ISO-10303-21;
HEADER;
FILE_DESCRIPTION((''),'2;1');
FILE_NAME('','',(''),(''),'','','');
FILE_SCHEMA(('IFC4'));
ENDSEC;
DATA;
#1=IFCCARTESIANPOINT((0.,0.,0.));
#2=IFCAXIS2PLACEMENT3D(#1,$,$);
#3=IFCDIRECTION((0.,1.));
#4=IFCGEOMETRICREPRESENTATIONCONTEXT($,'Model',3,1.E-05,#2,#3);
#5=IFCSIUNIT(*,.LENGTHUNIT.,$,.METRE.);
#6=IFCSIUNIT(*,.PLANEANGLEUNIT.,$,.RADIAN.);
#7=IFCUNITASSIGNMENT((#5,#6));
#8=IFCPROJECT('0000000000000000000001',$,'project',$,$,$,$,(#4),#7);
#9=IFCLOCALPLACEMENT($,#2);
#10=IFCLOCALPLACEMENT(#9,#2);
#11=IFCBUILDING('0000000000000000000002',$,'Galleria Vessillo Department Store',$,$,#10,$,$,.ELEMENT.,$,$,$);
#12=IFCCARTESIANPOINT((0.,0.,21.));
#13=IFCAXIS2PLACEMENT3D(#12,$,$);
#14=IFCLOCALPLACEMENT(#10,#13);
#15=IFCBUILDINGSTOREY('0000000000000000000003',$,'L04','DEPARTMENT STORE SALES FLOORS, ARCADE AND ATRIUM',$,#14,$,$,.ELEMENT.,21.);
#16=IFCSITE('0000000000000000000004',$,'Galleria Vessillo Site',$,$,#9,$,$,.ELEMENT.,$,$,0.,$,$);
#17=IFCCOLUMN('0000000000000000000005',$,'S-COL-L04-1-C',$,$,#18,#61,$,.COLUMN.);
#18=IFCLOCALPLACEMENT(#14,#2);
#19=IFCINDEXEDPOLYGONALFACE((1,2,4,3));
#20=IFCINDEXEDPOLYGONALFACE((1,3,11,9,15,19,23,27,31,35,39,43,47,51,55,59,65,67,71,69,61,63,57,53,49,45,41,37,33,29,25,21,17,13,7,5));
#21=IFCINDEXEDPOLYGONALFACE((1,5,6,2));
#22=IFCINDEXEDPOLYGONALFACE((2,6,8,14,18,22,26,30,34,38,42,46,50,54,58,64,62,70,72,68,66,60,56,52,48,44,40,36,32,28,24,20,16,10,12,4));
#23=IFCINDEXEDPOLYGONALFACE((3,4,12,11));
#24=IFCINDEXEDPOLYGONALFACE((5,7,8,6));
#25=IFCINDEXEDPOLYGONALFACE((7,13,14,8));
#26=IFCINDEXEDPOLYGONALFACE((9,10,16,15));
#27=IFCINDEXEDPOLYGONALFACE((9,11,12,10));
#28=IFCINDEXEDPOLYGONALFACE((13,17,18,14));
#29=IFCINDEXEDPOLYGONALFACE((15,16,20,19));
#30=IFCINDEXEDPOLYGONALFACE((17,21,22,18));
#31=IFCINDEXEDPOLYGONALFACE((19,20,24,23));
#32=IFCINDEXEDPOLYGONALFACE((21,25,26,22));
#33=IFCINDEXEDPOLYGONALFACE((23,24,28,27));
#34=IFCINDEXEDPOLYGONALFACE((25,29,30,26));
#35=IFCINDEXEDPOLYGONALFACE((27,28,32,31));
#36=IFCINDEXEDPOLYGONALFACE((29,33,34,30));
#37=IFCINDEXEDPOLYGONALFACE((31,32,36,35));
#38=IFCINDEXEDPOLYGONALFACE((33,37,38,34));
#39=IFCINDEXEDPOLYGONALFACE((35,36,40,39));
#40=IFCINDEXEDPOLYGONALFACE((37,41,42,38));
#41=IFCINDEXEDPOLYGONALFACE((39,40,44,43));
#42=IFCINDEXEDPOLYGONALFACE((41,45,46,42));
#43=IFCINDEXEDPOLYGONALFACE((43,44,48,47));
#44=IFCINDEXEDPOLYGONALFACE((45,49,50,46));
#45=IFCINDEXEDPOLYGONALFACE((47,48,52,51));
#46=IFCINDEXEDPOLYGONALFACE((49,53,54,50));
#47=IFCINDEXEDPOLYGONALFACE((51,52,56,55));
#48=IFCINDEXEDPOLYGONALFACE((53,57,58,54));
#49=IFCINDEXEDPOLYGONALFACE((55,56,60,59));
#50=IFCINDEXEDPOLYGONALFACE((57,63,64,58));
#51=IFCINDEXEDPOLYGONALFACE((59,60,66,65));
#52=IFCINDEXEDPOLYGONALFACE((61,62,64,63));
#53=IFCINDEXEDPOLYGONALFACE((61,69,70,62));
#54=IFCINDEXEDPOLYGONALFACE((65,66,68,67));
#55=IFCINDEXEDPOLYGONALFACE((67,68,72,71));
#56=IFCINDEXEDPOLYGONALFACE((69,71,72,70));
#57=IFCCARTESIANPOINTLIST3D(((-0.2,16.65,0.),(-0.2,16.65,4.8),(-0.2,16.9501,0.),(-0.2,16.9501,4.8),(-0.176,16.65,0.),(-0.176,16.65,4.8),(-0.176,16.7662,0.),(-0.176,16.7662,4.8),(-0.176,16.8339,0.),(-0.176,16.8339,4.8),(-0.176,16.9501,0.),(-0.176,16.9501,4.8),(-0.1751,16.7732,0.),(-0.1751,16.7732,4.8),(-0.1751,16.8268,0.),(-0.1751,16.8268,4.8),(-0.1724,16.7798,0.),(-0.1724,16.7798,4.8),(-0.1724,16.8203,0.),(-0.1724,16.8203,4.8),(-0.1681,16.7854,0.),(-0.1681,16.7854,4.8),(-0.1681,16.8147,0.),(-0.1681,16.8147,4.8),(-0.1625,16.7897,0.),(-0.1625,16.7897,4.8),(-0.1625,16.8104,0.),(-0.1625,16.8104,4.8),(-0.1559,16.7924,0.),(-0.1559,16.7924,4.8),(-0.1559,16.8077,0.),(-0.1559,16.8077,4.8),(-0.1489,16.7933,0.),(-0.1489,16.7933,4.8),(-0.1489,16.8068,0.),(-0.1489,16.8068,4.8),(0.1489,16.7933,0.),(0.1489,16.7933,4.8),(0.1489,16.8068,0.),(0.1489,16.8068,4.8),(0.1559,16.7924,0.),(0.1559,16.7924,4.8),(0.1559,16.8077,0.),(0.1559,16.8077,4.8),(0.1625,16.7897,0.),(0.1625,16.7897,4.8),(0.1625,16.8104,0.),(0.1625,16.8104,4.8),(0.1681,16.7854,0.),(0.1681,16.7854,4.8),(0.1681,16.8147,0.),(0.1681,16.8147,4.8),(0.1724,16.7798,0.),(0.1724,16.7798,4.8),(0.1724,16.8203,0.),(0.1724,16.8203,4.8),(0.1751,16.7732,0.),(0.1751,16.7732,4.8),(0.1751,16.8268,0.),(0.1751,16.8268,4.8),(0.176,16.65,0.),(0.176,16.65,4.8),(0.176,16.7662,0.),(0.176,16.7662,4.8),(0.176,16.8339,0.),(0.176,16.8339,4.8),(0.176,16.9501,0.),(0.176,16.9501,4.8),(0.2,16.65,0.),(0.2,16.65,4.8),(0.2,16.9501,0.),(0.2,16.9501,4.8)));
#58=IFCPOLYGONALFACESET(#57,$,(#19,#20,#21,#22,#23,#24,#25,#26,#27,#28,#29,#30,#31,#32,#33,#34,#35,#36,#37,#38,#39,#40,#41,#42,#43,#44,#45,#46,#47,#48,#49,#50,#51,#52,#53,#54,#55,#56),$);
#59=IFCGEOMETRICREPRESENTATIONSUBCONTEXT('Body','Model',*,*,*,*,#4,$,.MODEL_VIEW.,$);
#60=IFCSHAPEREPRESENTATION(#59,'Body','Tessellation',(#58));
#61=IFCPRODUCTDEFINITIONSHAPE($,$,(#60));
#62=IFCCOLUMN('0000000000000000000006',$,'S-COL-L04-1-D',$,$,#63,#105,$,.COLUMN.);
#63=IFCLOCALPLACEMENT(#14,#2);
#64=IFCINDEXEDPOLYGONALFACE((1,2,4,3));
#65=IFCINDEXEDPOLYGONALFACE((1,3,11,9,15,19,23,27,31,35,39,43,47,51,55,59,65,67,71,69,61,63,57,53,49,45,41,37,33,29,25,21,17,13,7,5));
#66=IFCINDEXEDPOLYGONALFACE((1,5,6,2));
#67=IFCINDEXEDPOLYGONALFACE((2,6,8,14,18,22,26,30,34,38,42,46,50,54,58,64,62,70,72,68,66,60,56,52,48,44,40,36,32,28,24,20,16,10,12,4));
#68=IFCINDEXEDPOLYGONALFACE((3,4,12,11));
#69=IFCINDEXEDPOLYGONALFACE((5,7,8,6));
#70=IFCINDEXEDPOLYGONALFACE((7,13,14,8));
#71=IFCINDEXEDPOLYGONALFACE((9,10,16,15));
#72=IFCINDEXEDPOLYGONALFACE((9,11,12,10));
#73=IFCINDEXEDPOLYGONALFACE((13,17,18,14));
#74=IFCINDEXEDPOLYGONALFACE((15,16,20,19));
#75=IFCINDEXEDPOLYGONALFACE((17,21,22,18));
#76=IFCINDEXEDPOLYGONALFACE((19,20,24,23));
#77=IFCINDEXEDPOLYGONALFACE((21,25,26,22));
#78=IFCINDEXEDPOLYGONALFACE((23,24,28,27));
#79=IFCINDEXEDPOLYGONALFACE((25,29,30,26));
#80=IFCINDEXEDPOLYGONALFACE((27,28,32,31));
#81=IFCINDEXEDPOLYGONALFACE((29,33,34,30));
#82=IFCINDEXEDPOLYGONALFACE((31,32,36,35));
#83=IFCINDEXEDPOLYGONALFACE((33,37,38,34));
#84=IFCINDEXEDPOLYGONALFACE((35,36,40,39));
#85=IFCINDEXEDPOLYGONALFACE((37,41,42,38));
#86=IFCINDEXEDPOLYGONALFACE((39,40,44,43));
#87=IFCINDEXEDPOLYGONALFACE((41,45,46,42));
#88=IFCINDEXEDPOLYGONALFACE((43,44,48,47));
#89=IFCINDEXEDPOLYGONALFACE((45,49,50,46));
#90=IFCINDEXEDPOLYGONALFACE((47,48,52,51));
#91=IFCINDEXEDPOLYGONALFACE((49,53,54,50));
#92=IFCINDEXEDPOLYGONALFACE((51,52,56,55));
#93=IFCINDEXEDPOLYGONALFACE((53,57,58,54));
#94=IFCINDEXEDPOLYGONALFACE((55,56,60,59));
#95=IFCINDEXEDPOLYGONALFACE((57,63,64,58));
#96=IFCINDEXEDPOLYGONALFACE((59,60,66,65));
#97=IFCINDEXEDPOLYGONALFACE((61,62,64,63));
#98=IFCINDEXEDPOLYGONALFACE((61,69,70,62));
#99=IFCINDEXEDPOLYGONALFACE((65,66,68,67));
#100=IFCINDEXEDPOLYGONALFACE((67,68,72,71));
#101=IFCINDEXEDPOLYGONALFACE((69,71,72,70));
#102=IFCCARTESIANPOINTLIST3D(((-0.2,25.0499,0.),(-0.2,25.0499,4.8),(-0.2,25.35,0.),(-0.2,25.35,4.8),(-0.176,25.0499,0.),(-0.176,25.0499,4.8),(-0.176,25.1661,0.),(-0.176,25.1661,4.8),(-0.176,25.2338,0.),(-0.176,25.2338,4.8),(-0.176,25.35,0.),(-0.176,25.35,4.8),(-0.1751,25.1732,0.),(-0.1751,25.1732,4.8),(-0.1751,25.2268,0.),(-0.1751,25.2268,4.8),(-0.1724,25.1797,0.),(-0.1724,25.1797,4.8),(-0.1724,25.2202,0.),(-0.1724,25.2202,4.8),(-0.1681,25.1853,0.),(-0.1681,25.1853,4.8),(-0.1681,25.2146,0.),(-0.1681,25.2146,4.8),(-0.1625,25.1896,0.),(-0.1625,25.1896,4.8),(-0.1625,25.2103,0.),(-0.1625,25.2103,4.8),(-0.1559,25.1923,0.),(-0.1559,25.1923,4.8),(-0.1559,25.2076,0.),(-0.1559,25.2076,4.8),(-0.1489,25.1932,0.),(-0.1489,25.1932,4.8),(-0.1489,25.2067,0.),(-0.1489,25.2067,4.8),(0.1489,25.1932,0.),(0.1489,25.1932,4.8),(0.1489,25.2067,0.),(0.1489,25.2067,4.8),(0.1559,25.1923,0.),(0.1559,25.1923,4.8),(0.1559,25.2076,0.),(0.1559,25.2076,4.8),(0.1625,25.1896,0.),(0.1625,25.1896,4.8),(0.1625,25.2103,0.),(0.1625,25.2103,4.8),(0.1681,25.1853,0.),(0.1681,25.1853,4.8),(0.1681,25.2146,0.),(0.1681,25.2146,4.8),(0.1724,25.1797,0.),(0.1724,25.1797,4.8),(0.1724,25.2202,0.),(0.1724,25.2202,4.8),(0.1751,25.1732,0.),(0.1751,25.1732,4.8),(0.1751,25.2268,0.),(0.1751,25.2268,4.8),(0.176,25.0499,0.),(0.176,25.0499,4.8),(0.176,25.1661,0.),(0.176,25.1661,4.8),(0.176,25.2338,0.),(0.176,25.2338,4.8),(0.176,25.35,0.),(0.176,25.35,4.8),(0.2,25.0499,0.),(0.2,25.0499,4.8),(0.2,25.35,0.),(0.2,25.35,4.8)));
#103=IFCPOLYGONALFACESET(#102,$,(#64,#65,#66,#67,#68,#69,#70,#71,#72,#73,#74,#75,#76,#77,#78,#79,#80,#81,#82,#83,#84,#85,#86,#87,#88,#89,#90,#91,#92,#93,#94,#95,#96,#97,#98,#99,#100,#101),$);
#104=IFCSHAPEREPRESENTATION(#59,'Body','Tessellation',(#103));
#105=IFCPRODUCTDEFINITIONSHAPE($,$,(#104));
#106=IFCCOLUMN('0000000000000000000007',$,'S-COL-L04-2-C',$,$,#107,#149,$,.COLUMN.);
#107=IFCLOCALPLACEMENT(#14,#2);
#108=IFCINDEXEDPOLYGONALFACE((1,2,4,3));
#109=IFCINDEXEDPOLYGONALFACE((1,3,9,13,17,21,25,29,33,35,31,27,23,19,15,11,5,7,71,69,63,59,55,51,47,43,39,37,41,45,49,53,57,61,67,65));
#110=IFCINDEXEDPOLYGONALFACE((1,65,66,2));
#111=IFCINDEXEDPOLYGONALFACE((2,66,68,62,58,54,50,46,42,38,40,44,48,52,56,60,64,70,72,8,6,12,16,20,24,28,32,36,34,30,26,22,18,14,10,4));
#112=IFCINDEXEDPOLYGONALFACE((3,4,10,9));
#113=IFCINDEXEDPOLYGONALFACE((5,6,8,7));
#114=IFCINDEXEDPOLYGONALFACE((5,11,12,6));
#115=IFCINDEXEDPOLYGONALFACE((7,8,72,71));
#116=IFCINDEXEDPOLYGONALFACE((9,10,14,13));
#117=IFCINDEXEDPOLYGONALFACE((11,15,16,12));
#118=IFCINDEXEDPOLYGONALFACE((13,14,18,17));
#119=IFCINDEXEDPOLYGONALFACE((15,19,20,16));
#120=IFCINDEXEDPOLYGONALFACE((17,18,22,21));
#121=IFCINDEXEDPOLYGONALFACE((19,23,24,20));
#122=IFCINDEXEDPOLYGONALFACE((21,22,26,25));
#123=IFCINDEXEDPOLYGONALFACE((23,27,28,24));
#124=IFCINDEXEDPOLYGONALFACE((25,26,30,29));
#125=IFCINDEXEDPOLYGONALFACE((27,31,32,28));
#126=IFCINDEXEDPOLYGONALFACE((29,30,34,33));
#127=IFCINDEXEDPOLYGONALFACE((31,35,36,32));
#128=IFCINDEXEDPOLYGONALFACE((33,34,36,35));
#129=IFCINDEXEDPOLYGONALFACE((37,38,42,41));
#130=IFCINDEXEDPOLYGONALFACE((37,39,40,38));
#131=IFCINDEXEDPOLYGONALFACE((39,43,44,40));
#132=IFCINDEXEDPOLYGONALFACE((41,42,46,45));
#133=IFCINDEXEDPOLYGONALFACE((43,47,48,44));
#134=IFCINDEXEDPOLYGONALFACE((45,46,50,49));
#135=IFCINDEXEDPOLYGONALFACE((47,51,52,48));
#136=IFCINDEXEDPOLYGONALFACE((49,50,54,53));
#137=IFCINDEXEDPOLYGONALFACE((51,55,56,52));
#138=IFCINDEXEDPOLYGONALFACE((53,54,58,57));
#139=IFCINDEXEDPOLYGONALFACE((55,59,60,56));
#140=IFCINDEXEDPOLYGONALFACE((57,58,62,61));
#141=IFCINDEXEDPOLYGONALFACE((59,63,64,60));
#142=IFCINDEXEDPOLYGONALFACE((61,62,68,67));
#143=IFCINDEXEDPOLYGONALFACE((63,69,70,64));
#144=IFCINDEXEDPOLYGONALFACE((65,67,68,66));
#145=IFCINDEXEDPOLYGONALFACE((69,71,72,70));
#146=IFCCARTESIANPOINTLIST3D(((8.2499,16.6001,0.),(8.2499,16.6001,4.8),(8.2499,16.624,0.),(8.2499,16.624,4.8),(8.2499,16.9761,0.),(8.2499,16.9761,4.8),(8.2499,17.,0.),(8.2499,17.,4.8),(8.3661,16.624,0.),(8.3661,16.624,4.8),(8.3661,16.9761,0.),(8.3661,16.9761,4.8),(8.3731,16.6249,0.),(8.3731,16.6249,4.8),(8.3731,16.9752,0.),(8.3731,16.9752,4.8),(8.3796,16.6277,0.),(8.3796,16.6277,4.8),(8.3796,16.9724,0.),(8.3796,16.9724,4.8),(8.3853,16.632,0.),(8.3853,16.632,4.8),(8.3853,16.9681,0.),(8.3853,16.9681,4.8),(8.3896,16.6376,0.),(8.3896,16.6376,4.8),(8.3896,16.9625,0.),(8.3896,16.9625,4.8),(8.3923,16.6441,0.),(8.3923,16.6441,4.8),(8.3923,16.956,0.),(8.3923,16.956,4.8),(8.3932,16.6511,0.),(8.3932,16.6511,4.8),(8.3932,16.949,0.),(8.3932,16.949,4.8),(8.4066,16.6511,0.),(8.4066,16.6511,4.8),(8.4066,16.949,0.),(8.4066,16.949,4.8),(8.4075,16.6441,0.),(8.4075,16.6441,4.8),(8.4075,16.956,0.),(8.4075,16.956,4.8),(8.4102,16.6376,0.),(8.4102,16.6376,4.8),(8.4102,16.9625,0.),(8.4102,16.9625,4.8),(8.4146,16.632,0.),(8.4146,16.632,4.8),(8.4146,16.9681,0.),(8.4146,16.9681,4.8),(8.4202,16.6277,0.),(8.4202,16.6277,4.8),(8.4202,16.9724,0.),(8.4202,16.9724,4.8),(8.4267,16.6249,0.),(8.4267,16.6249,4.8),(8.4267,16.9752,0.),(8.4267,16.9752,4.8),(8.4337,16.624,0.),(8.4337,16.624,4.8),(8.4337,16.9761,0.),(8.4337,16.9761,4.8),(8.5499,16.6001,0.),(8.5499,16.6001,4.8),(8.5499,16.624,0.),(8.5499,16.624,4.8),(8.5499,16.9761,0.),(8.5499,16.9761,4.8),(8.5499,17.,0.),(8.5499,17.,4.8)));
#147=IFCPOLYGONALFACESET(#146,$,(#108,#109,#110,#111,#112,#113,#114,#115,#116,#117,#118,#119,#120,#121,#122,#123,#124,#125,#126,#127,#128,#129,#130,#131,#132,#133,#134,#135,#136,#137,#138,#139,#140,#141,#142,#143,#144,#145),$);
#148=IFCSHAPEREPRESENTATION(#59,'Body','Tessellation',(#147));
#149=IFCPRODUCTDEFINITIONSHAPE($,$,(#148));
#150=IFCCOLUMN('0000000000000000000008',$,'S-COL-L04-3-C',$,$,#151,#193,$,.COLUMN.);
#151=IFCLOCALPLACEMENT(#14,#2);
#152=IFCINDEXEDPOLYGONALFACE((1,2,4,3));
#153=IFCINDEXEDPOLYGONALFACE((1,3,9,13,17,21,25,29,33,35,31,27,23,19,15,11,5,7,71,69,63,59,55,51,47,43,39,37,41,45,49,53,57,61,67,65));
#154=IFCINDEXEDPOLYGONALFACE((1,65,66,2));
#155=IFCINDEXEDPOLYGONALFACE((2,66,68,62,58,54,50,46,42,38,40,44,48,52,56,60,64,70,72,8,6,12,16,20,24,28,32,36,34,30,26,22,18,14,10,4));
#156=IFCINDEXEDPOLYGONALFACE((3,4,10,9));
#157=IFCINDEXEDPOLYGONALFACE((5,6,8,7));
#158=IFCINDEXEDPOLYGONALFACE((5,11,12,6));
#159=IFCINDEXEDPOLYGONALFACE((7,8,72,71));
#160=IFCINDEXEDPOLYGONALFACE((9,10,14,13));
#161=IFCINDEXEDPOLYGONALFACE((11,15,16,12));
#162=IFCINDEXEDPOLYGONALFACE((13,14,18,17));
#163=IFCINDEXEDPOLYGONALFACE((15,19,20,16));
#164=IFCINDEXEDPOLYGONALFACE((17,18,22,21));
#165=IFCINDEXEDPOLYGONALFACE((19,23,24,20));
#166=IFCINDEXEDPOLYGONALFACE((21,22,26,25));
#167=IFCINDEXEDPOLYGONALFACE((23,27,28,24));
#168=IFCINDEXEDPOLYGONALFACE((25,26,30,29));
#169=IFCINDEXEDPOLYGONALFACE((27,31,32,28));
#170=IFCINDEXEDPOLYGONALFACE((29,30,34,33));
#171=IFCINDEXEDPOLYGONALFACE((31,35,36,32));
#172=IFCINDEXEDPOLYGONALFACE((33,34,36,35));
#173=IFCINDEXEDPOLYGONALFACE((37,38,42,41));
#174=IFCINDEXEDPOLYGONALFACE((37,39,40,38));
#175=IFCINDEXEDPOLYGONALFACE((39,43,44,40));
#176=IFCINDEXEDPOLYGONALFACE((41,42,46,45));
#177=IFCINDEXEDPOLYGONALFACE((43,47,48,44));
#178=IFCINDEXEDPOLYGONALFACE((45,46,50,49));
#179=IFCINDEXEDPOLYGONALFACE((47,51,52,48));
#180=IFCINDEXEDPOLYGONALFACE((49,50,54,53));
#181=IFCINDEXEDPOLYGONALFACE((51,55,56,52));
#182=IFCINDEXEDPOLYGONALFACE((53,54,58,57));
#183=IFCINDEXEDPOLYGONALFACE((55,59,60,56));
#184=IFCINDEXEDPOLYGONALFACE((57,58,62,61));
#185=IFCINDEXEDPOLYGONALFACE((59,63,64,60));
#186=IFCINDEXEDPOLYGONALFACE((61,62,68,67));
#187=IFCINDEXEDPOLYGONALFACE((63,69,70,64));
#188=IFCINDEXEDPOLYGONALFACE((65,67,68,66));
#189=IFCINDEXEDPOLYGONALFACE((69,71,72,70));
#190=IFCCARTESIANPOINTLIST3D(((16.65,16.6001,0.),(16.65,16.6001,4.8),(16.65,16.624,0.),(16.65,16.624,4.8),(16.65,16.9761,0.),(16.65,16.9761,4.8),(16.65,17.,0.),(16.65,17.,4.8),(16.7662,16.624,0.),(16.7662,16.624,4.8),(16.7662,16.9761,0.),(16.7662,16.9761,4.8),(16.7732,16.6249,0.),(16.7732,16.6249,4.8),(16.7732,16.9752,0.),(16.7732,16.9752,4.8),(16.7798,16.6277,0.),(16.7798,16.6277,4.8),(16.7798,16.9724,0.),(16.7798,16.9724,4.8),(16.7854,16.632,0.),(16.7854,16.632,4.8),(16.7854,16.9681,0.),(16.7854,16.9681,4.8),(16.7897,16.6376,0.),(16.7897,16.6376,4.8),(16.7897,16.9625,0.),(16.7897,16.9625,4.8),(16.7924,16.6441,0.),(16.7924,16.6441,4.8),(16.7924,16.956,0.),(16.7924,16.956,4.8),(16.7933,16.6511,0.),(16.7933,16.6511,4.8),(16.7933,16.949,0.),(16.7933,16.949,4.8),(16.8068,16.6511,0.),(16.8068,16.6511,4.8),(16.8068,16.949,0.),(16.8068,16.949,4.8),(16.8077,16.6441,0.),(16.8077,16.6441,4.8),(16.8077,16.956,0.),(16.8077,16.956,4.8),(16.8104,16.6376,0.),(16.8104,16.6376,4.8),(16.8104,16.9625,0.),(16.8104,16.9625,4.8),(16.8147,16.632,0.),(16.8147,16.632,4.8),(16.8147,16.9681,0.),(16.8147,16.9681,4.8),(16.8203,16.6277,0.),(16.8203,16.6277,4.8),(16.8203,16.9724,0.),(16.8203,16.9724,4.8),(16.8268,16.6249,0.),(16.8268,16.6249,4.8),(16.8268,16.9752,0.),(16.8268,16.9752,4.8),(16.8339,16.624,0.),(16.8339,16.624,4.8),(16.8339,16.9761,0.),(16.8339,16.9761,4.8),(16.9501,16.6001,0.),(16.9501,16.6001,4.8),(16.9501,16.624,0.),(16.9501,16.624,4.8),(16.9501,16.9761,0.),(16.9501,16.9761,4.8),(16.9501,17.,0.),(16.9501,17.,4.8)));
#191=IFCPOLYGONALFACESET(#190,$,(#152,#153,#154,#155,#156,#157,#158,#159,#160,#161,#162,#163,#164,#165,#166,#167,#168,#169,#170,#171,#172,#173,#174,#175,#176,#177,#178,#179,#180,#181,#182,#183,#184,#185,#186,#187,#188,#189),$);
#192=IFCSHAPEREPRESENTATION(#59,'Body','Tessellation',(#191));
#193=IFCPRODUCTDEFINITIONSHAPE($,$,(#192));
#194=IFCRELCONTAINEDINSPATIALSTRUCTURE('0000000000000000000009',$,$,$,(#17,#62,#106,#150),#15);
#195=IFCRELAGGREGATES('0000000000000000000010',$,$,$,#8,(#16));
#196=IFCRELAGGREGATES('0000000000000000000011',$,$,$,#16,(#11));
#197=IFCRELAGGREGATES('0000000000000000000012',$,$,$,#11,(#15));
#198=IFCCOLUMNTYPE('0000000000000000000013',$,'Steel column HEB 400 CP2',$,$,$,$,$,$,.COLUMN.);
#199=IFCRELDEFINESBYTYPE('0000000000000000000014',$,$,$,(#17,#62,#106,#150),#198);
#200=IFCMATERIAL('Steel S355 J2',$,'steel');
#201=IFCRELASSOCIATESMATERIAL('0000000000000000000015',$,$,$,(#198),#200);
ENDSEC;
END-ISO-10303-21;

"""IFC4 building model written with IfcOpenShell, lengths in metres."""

from ifc_helpers import new_model, si_unit, direction, frame, origin, origin_2d, place, context, subcontext, project, spatial, i_section, extrude, material, material_profile, profile_set, type_object, element, save


model = new_model("IFC4")

# Units and contexts
model_context = context("Model", 3, precision=1e-05, world=origin(), true_north=direction((0.0, 1.0)))
body_context = subcontext(model_context, "Body", "Model", "MODEL_VIEW")
ifc_project = project(units=[si_unit("LENGTHUNIT", "METRE"), si_unit("PLANEANGLEUNIT", "RADIAN")], contexts=[model_context])

# Site, building, storey
site_placement = place(None, origin())
site = spatial("IfcSite", under=ifc_project, at=site_placement, Name="Galleria Vessillo Site", CompositionType="ELEMENT", RefElevation=0.0)
building_placement = place(site_placement, origin())
building = spatial("IfcBuilding", under=site, at=building_placement, Name="Galleria Vessillo Department Store", CompositionType="ELEMENT")
storey_placement = place(building_placement, frame((0.0, 0.0, 21.0)))
storey = spatial("IfcBuildingStorey", under=building, at=storey_placement, Name="L04", Description="DEPARTMENT STORE SALES FLOORS, ARCADE AND ATRIUM", CompositionType="ELEMENT", Elevation=21.0)

# Columns
ifc_material_1 = material(Name="Steel S355 J2", Category="steel")
ifc_material_profile_1 = material_profile(ifc_material_1, i_section(OverallWidth=0.3, OverallDepth=0.3999, WebThickness=0.0134, FlangeThickness=0.0239, FilletRadius=0.0271, at=origin_2d()), Name="HEB 400")
ifc_profile_set_1 = profile_set([ifc_material_profile_1], Name="Steel S355 J2")
column_type_1 = type_object("IfcColumnType", Name="Steel column HEB 400 CP2", PredefinedType="COLUMN", material=ifc_profile_set_1)
for number, where, z_axis, x_axis, name in (
    (1, (0.0, 16.8, 0.0), (0.0, 0.0, 1.0), (0.0, 1.0, 0.0), "S-COL-L04-1-C"),
    (2, (0.0, 25.2, 0.0), (0.0, 0.0, 1.0), (0.0, 1.0, 0.0), "S-COL-L04-1-D"),
    (3, (8.3999, 16.8, 0.0), (0.0, 0.0, 1.0), (1.0, 0.0, 0.0), "S-COL-L04-2-C"),
    (4, (16.8, 16.8, 0.0), (0.0, 0.0, 1.0), (1.0, 0.0, 0.0), "S-COL-L04-3-C"),
):
    element("IfcColumn", number, at=place(storey_placement, frame(where, z_axis=z_axis, x_axis=x_axis)), inside=storey, type_object=column_type_1, Name=name, PredefinedType="COLUMN", context=body_context, shape_type="SweptSolid", body=[
        extrude(i_section(OverallWidth=0.3, OverallDepth=0.3999, WebThickness=0.0134, FlangeThickness=0.0239, FilletRadius=0.0271, at=origin_2d()), origin(), (0.0, 0.0, 1.0), 4.8),
    ])

save(model, "model.ifc")
